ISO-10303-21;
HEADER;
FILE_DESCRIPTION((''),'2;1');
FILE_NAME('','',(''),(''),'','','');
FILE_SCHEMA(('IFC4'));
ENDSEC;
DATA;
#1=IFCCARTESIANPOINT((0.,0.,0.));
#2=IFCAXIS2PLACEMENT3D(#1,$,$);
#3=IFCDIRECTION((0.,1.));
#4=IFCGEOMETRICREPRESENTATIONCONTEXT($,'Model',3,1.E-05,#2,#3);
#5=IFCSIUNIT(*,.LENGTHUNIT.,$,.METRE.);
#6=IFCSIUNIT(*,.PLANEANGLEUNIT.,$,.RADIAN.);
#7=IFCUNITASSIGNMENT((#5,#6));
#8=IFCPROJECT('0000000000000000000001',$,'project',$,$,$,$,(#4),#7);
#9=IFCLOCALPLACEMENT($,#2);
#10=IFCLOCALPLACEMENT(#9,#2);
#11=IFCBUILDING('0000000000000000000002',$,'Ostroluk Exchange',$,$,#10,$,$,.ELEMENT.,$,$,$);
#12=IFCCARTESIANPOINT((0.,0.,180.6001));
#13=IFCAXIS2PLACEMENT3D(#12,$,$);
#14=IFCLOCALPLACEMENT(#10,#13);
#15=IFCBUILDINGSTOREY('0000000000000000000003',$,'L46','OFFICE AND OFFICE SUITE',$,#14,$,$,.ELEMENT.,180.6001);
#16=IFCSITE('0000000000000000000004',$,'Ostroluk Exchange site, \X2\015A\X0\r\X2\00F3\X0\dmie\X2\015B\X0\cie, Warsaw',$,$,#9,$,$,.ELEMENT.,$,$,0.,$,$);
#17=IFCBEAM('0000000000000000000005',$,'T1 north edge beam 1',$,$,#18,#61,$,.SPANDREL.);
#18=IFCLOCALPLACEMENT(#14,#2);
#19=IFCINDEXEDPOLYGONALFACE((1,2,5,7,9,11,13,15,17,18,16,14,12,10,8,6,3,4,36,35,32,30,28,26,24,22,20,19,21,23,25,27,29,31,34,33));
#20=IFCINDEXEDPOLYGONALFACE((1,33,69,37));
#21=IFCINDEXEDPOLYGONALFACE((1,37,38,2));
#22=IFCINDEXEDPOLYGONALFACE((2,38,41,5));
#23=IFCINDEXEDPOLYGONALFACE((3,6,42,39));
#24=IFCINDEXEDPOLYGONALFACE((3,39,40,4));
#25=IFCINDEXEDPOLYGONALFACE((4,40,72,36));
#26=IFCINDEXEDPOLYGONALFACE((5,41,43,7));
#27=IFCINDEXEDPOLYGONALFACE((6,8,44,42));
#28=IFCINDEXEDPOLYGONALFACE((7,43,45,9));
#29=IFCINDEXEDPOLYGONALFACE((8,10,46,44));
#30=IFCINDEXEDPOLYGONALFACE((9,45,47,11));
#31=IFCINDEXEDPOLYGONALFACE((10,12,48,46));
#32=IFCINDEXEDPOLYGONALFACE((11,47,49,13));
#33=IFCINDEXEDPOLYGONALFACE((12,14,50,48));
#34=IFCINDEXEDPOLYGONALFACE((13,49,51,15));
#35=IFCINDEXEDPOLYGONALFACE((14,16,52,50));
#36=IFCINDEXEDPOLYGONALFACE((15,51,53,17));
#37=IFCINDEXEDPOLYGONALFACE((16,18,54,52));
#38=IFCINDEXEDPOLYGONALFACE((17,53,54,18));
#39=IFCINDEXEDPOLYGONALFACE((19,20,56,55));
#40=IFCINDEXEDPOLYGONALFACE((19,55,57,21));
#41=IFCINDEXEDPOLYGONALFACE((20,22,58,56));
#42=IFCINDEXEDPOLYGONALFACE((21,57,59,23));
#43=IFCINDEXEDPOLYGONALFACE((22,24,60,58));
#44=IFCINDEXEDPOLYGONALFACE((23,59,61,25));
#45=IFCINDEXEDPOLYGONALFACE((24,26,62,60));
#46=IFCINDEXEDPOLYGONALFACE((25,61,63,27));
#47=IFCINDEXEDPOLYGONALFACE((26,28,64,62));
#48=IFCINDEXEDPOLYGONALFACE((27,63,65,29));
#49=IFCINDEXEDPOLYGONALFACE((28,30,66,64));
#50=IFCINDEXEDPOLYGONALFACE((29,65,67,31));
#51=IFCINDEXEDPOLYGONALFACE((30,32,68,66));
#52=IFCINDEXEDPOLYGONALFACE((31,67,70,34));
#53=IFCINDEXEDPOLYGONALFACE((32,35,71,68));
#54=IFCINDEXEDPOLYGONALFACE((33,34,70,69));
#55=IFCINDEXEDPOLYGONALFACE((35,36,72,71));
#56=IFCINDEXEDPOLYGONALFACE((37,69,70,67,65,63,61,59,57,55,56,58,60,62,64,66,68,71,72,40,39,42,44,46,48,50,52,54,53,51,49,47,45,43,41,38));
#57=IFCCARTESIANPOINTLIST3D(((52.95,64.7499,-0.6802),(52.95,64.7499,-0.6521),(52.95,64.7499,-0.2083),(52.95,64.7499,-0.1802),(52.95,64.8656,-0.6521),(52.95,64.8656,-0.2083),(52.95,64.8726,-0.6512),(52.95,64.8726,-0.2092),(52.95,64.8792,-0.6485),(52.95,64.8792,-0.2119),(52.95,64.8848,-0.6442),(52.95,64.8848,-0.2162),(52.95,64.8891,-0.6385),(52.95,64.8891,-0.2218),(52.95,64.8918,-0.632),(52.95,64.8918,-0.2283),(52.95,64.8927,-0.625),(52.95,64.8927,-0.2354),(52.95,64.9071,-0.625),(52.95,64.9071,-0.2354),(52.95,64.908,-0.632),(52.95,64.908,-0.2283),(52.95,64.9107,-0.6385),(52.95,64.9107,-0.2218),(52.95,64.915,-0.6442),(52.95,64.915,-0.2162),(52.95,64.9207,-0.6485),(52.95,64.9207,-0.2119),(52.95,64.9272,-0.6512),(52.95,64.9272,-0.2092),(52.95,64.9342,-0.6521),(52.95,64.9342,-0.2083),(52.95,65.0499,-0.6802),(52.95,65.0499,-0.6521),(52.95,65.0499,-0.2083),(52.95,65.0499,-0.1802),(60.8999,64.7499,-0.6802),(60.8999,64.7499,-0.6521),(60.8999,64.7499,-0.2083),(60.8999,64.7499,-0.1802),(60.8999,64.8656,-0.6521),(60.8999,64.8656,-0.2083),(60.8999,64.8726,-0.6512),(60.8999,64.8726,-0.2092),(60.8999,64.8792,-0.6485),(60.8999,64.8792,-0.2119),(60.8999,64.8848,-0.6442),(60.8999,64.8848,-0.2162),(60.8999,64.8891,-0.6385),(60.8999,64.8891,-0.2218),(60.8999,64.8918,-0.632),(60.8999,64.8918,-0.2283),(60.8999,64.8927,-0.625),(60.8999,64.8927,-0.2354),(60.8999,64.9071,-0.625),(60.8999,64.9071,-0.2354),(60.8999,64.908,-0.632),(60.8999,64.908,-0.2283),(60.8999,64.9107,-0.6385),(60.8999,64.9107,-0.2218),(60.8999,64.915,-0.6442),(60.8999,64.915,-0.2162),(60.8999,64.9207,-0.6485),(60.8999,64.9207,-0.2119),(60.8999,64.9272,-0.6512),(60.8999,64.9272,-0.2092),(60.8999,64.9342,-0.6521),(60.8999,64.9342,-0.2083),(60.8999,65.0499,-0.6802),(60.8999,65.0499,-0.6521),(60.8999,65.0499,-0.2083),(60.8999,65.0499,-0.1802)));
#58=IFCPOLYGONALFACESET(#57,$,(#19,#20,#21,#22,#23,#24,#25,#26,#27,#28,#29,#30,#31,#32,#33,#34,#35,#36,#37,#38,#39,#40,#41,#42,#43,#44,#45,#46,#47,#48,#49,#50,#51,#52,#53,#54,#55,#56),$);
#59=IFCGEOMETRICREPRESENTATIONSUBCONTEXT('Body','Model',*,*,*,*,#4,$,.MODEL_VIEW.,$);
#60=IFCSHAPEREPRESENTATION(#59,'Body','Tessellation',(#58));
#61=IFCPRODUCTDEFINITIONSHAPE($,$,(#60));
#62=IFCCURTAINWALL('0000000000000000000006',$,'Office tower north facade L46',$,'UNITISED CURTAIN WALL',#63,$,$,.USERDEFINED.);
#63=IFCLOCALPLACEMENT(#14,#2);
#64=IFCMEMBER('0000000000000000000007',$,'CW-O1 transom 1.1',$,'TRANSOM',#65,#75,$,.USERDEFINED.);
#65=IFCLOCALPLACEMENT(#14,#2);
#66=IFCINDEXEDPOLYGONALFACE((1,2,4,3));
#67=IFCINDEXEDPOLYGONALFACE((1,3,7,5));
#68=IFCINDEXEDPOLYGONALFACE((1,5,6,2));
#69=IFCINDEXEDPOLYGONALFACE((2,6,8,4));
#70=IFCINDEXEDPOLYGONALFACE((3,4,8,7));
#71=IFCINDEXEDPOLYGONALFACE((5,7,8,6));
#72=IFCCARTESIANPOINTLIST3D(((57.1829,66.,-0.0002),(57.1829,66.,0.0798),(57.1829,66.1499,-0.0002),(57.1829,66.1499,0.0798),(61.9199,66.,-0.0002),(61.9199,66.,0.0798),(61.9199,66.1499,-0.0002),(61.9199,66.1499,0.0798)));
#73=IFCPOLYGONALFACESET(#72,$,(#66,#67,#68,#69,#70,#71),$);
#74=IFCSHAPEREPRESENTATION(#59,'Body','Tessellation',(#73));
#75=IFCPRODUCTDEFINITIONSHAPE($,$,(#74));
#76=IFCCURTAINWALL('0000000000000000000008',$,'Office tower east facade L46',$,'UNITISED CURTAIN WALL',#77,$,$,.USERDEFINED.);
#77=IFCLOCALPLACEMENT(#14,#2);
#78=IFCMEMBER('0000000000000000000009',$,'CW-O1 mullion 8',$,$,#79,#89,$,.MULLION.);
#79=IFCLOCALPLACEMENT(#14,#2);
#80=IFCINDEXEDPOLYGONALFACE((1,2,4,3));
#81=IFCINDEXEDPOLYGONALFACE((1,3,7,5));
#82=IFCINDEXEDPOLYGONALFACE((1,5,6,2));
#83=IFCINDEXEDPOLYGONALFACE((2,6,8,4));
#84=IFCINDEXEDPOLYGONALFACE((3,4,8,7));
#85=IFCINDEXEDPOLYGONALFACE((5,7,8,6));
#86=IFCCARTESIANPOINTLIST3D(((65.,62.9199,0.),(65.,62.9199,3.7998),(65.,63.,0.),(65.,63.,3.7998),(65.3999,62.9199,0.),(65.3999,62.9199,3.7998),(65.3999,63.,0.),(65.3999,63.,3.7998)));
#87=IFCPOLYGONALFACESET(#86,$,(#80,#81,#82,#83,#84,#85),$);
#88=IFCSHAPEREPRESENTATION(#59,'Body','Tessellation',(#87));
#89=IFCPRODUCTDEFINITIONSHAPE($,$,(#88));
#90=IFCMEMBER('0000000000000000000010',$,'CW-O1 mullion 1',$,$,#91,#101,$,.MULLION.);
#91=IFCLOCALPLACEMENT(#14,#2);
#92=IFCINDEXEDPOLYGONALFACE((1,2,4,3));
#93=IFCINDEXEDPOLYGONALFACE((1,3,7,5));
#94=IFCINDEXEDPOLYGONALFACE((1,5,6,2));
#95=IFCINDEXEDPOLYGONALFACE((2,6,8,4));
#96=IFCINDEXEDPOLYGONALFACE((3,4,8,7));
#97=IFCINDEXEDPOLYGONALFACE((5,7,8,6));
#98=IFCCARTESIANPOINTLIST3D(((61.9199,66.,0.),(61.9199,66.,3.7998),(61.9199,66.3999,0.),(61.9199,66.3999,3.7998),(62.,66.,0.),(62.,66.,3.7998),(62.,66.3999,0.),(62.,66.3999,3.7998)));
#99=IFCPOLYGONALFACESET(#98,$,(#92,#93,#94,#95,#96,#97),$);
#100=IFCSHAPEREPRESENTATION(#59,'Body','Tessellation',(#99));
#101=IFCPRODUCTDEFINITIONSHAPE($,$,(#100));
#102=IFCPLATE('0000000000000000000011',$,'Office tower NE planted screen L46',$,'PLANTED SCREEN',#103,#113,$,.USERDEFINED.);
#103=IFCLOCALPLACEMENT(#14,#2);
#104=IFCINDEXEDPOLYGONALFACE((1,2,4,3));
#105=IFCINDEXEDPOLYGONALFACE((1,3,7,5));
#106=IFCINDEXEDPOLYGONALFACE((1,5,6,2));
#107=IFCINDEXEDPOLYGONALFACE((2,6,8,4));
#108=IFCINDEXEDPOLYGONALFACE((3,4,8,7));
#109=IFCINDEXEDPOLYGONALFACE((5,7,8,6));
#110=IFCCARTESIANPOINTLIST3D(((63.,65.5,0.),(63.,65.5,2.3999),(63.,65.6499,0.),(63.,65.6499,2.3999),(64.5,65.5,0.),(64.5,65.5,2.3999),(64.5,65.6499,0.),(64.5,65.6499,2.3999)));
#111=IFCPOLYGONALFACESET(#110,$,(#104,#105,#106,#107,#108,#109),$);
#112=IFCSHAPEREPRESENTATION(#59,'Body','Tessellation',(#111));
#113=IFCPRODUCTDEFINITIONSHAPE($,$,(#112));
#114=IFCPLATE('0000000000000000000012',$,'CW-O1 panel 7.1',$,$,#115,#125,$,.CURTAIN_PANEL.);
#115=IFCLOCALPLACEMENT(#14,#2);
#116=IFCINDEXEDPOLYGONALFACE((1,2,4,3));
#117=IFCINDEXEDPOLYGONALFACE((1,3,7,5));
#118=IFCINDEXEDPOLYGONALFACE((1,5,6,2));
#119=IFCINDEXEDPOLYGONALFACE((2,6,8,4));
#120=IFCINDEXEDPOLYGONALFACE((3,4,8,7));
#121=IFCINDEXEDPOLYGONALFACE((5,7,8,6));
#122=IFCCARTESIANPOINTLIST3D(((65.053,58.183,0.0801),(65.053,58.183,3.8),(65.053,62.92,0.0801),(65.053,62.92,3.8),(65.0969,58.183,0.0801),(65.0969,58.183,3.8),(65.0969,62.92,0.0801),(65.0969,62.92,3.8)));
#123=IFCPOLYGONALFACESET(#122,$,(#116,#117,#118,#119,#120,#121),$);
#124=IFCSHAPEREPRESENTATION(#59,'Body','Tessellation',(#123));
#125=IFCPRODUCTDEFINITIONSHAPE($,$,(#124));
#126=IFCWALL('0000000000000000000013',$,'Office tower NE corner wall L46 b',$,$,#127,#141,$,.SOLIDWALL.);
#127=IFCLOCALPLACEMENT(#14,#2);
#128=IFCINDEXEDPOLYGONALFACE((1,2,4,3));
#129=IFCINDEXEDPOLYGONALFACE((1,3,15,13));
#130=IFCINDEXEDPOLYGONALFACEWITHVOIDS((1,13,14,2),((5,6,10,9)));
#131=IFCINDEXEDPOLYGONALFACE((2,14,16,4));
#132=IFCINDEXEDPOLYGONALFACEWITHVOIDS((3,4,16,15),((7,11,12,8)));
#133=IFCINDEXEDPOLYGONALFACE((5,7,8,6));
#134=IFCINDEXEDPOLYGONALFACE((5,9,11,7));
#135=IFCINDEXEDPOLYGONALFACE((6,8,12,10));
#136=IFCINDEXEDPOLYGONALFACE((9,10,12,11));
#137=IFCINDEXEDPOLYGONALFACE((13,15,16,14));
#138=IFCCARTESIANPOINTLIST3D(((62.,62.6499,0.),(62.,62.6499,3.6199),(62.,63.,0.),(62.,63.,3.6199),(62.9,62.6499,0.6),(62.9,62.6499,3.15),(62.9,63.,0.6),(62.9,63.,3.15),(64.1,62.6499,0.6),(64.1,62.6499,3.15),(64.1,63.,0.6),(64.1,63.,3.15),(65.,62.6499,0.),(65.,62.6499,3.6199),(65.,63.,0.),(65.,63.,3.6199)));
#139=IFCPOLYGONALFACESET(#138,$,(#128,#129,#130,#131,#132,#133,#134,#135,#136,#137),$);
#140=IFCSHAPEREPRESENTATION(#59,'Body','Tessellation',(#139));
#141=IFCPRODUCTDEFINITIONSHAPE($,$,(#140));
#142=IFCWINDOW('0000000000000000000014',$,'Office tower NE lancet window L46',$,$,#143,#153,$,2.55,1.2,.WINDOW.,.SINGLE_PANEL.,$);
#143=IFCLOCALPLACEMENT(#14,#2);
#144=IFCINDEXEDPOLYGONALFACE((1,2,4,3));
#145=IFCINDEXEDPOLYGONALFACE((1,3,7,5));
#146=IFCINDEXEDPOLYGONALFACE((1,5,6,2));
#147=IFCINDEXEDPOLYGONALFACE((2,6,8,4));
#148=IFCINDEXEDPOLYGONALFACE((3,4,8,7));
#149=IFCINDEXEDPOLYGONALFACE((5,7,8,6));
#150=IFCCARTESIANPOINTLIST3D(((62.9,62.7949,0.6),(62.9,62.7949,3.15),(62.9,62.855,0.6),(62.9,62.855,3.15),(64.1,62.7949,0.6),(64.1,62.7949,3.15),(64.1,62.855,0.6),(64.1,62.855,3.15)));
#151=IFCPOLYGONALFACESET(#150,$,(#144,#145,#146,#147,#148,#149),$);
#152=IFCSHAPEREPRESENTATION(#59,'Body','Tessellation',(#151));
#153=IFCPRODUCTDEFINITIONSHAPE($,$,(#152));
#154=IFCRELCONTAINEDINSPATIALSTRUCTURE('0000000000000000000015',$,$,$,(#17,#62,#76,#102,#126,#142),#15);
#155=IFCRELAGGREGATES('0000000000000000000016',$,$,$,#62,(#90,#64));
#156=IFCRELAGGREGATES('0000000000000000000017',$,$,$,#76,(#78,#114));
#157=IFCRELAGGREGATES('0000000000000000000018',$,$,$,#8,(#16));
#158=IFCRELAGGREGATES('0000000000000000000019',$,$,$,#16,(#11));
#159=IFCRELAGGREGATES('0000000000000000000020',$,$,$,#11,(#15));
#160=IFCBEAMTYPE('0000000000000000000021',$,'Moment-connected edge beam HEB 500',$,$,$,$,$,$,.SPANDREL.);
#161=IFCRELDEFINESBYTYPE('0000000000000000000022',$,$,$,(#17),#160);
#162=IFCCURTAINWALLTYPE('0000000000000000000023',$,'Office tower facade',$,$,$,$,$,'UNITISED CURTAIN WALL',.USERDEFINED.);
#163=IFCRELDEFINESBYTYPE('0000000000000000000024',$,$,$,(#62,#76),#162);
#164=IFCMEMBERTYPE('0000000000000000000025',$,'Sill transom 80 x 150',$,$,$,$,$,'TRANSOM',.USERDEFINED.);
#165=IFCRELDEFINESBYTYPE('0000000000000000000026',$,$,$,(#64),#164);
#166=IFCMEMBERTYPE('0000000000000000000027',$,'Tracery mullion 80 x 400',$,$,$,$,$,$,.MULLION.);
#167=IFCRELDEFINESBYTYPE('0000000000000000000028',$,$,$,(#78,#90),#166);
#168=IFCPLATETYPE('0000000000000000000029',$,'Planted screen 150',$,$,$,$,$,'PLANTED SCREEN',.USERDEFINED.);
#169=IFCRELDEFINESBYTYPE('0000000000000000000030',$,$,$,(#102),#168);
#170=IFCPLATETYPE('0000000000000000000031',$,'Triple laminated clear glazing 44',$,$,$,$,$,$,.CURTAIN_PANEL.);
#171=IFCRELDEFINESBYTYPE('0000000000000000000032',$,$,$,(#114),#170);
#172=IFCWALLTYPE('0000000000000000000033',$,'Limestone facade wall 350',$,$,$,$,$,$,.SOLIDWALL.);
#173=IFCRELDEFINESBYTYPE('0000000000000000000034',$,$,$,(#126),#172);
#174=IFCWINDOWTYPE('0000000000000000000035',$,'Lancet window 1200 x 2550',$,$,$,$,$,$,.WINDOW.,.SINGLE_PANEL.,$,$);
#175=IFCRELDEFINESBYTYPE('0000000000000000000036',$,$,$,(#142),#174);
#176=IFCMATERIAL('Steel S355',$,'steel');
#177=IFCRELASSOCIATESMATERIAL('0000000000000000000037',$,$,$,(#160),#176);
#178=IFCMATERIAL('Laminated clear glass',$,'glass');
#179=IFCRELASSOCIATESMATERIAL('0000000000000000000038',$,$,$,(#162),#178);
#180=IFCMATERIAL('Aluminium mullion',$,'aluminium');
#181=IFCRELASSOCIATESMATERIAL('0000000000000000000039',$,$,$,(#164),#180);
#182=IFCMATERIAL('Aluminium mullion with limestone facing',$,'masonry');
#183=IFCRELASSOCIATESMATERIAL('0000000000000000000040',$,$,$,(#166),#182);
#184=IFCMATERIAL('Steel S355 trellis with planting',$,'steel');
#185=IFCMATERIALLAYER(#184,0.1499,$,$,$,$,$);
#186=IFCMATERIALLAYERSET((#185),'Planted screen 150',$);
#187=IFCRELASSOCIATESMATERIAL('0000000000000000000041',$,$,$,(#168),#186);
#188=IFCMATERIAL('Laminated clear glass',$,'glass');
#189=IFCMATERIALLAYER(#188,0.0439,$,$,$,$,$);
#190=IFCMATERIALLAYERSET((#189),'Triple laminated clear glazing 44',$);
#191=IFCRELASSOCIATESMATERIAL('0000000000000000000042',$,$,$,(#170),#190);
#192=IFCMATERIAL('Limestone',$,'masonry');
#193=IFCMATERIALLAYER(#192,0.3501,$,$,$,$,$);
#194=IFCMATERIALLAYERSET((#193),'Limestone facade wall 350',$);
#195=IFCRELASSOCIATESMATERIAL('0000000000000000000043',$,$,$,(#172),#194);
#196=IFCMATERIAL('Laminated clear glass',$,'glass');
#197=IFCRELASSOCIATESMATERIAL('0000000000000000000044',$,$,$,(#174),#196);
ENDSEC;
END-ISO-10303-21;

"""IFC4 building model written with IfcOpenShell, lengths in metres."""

from ifc_helpers import new_model, si_unit, direction, frame, frame_2d, origin, origin_2d, place, context, subcontext, project, spatial, rectangle, i_section, extrude, material, layer, layer_set, material_profile, profile_set, type_object, element, fill, aggregate, save


model = new_model("IFC4")

# Units and contexts
model_context = context("Model", 3, precision=1e-05, world=origin(), true_north=direction((0.0, 1.0)))
body_context = subcontext(model_context, "Body", "Model", "MODEL_VIEW")
ifc_project = project(units=[si_unit("LENGTHUNIT", "METRE"), si_unit("PLANEANGLEUNIT", "RADIAN")], contexts=[model_context])

# Site, building, storey
site_placement = place(None, origin())
site = spatial("IfcSite", under=ifc_project, at=site_placement, Name="Ostroluk Exchange site, Śródmieście, Warsaw", CompositionType="ELEMENT", RefElevation=0.0)
building_placement = place(site_placement, origin())
building = spatial("IfcBuilding", under=site, at=building_placement, Name="Ostroluk Exchange", CompositionType="ELEMENT")
storey_placement = place(building_placement, frame((0.0, 0.0, 180.6001)))
storey = spatial("IfcBuildingStorey", under=building, at=storey_placement, Name="L46", Description="OFFICE AND OFFICE SUITE", CompositionType="ELEMENT", Elevation=180.6001)

# Beam
ifc_material_1 = material(Name="Steel S355", Category="steel")
ifc_material_profile_1 = material_profile(ifc_material_1, i_section(OverallWidth=0.3, OverallDepth=0.5, WebThickness=0.0144, FlangeThickness=0.0281, FilletRadius=0.0271, at=origin_2d()), Name="HEB 500")
ifc_profile_set_1 = profile_set([ifc_material_profile_1], Name="Steel S355")
beam_type_1 = type_object("IfcBeamType", Name="Moment-connected edge beam HEB 500", PredefinedType="SPANDREL", material=ifc_profile_set_1)
beam_1_placement = place(storey_placement, frame((60.8999, 64.8999, -0.4302), z_axis=(-1.0, 0.0, 0.0), x_axis=(0.0, -1.0, 0.0)))
element("IfcBeam", 1, at=beam_1_placement, inside=storey, type_object=beam_type_1, Name="T1 north edge beam 1", PredefinedType="SPANDREL", context=body_context, shape_type="SweptSolid", body=[
    extrude(i_section(OverallWidth=0.3, OverallDepth=0.5, WebThickness=0.0144, FlangeThickness=0.0281, FilletRadius=0.0271, at=origin_2d()), origin(), (0.0, 0.0, 1.0), 7.95),
])

# Curtain walls, members
ifc_material_2 = material(Name="Laminated clear glass", Category="glass")
curtain_wall_type = type_object("IfcCurtainWallType", Name="Office tower facade", ElementType="UNITISED CURTAIN WALL", PredefinedType="USERDEFINED", material=ifc_material_2)
curtain_wall_1_placement = place(storey_placement, origin())
curtain_wall_1 = element("IfcCurtainWall", 2, at=curtain_wall_1_placement, inside=storey, type_object=curtain_wall_type, Name="Office tower north facade L46", ObjectType="UNITISED CURTAIN WALL", PredefinedType="USERDEFINED")
ifc_material_3 = material(Name="Aluminium mullion", Category="aluminium")
ifc_material_profile_2 = material_profile(ifc_material_3, rectangle(XDim=0.1499, YDim=0.0801, at=origin_2d()), Name="Sill transom 80 x 150")
ifc_profile_set_2 = profile_set([ifc_material_profile_2], Name="Aluminium mullion")
member_type_1 = type_object("IfcMemberType", Name="Sill transom 80 x 150", ElementType="TRANSOM", PredefinedType="USERDEFINED", material=ifc_profile_set_2)
member_1_placement = place(storey_placement, frame((61.9199, 66.075, 0.0398), z_axis=(-1.0, 0.0, 0.0), x_axis=(0.0, -1.0, 0.0)))
member_1 = element("IfcMember", 3, at=member_1_placement, type_object=member_type_1, Name="CW-O1 transom 1.1", ObjectType="TRANSOM", PredefinedType="USERDEFINED", context=body_context, shape_type="SweptSolid", body=[
    extrude(rectangle(XDim=0.1499, YDim=0.0801, at=origin_2d()), origin(), (0.0, 0.0, 1.0), 4.7371),
])
curtain_wall_2_placement = place(storey_placement, origin())
curtain_wall_2 = element("IfcCurtainWall", 4, at=curtain_wall_2_placement, inside=storey, type_object=curtain_wall_type, Name="Office tower east facade L46", ObjectType="UNITISED CURTAIN WALL", PredefinedType="USERDEFINED")
ifc_material_4 = material(Name="Aluminium mullion with limestone facing", Category="masonry")
ifc_material_profile_3 = material_profile(ifc_material_4, rectangle(XDim=0.3999, YDim=0.0801, at=origin_2d()), Name="Tracery mullion 80 x 400")
ifc_profile_set_3 = profile_set([ifc_material_profile_3], Name="Aluminium mullion with limestone facing")
member_type_2 = type_object("IfcMemberType", Name="Tracery mullion 80 x 400", PredefinedType="MULLION", material=ifc_profile_set_3)
member_2_placement = place(storey_placement, frame((65.2, 62.96, 0.0), z_axis=(0.0, 0.0, 1.0), x_axis=(-1.0, 0.0, 0.0)))
member_2 = element("IfcMember", 5, at=member_2_placement, type_object=member_type_2, Name="CW-O1 mullion 8", PredefinedType="MULLION", context=body_context, shape_type="SweptSolid", body=[
    extrude(rectangle(XDim=0.3999, YDim=0.0801, at=origin_2d()), origin(), (0.0, 0.0, 1.0), 3.7998),
])

# Member
member_3_placement = place(storey_placement, frame((61.96, 66.2, 0.0), z_axis=(0.0, 0.0, 1.0), x_axis=(0.0, -1.0, 0.0)))
member_3 = element("IfcMember", 6, at=member_3_placement, type_object=member_type_2, Name="CW-O1 mullion 1", PredefinedType="MULLION", context=body_context, shape_type="SweptSolid", body=[
    extrude(rectangle(XDim=0.3999, YDim=0.0801, at=origin_2d()), origin(), (0.0, 0.0, 1.0), 3.7998),
])
aggregate(curtain_wall_1, [member_3, member_1])

# Plates
ifc_material_5 = material(Name="Steel S355 trellis with planting", Category="steel")
ifc_layer_1 = layer(ifc_material_5, 0.1499)
ifc_layer_set_1 = layer_set([ifc_layer_1], Name="Planted screen 150")
plate_type_1 = type_object("IfcPlateType", Name="Planted screen 150", ElementType="PLANTED SCREEN", PredefinedType="USERDEFINED", material=ifc_layer_set_1)
plate_1_placement = place(storey_placement, frame((63.75, 65.575, 0.0), z_axis=(0.0, 0.0, 1.0), x_axis=(1.0, 0.0, 0.0)))
element("IfcPlate", 7, at=plate_1_placement, inside=storey, type_object=plate_type_1, Name="Office tower NE planted screen L46", ObjectType="PLANTED SCREEN", PredefinedType="USERDEFINED", context=body_context, shape_type="SweptSolid", body=[
    extrude(rectangle(XDim=1.5, YDim=0.1499, at=origin_2d()), origin(), (0.0, 0.0, 1.0), 2.3999),
])
ifc_material_6 = material(Name="Laminated clear glass", Category="glass")
ifc_layer_2 = layer(ifc_material_6, 0.0439)
ifc_layer_set_2 = layer_set([ifc_layer_2], Name="Triple laminated clear glazing 44")
plate_type_2 = type_object("IfcPlateType", Name="Triple laminated clear glazing 44", PredefinedType="CURTAIN_PANEL", material=ifc_layer_set_2)
plate_2_placement = place(storey_placement, frame((65.075, 60.5515, 0.0801), z_axis=(0.0, 0.0, 1.0), x_axis=(0.0, 1.0, 0.0)))
plate_2 = element("IfcPlate", 8, at=plate_2_placement, type_object=plate_type_2, Name="CW-O1 panel 7.1", PredefinedType="CURTAIN_PANEL", context=body_context, shape_type="SweptSolid", body=[
    extrude(rectangle(XDim=4.7371, YDim=0.0439, at=origin_2d()), origin(), (0.0, 0.0, 1.0), 3.72),
])
aggregate(curtain_wall_2, [member_2, plate_2])

# Shared definitions
ifc_material_7 = material(Name="Limestone", Category="masonry")
ifc_layer_3 = layer(ifc_material_7, 0.3501)
ifc_layer_set_3 = layer_set([ifc_layer_3], Name="Limestone facade wall 350")
wall_type = type_object("IfcWallType", Name="Limestone facade wall 350", PredefinedType="SOLIDWALL", material=ifc_layer_set_3)

# Wall, opening, window
wall_1_placement = place(storey_placement, frame((62.0, 62.825, 0.0), z_axis=(0.0, 0.0, 1.0), x_axis=(1.0, 0.0, 0.0)))
wall_1 = element("IfcWall", 9, at=wall_1_placement, inside=storey, type_object=wall_type, Name="Office tower NE corner wall L46 b", PredefinedType="SOLIDWALL", context=body_context, shape_type="SweptSolid", body=[
    extrude(rectangle(XDim=3.0, YDim=0.3501, at=frame_2d((1.5, 0.0))), origin(), (0.0, 0.0, 1.0), 3.6199),
])
opening_1_placement = place(wall_1_placement, frame((0.8999, 0.0, 0.6001)))
opening_1 = element("IfcOpeningElement", 10, at=opening_1_placement, cuts=wall_1, PredefinedType="OPENING", context=body_context, shape_type="SweptSolid", body=[
    extrude(rectangle(XDim=1.2, YDim=2.55, at=frame_2d((0.6001, 1.2749))), frame((0.0, 0.1851, 0.0), z_axis=(0.0, -1.0, 0.0), x_axis=(1.0, 0.0, 0.0)), (0.0, 0.0, 1.0), 0.3701),
])
ifc_material_8 = material(Name="Laminated clear glass", Category="glass")
window_type = type_object("IfcWindowType", Name="Lancet window 1200 x 2550", PartitioningType="SINGLE_PANEL", PredefinedType="WINDOW", material=ifc_material_8)
window_placement = place(opening_1_placement, origin())
window = element("IfcWindow", 11, at=window_placement, inside=storey, type_object=window_type, Name="Office tower NE lancet window L46", OverallHeight=2.55, OverallWidth=1.2, PartitioningType="SINGLE_PANEL", PredefinedType="WINDOW", context=body_context, shape_type="SweptSolid", body=[
    extrude(rectangle(XDim=1.2, YDim=2.55, at=frame_2d((0.6001, 1.2749))), frame((0.0, 0.03, 0.0), z_axis=(0.0, -1.0, 0.0), x_axis=(1.0, 0.0, 0.0)), (0.0, 0.0, 1.0), 0.0601),
])
fill(opening_1, window)

save(model, "model.ifc")
